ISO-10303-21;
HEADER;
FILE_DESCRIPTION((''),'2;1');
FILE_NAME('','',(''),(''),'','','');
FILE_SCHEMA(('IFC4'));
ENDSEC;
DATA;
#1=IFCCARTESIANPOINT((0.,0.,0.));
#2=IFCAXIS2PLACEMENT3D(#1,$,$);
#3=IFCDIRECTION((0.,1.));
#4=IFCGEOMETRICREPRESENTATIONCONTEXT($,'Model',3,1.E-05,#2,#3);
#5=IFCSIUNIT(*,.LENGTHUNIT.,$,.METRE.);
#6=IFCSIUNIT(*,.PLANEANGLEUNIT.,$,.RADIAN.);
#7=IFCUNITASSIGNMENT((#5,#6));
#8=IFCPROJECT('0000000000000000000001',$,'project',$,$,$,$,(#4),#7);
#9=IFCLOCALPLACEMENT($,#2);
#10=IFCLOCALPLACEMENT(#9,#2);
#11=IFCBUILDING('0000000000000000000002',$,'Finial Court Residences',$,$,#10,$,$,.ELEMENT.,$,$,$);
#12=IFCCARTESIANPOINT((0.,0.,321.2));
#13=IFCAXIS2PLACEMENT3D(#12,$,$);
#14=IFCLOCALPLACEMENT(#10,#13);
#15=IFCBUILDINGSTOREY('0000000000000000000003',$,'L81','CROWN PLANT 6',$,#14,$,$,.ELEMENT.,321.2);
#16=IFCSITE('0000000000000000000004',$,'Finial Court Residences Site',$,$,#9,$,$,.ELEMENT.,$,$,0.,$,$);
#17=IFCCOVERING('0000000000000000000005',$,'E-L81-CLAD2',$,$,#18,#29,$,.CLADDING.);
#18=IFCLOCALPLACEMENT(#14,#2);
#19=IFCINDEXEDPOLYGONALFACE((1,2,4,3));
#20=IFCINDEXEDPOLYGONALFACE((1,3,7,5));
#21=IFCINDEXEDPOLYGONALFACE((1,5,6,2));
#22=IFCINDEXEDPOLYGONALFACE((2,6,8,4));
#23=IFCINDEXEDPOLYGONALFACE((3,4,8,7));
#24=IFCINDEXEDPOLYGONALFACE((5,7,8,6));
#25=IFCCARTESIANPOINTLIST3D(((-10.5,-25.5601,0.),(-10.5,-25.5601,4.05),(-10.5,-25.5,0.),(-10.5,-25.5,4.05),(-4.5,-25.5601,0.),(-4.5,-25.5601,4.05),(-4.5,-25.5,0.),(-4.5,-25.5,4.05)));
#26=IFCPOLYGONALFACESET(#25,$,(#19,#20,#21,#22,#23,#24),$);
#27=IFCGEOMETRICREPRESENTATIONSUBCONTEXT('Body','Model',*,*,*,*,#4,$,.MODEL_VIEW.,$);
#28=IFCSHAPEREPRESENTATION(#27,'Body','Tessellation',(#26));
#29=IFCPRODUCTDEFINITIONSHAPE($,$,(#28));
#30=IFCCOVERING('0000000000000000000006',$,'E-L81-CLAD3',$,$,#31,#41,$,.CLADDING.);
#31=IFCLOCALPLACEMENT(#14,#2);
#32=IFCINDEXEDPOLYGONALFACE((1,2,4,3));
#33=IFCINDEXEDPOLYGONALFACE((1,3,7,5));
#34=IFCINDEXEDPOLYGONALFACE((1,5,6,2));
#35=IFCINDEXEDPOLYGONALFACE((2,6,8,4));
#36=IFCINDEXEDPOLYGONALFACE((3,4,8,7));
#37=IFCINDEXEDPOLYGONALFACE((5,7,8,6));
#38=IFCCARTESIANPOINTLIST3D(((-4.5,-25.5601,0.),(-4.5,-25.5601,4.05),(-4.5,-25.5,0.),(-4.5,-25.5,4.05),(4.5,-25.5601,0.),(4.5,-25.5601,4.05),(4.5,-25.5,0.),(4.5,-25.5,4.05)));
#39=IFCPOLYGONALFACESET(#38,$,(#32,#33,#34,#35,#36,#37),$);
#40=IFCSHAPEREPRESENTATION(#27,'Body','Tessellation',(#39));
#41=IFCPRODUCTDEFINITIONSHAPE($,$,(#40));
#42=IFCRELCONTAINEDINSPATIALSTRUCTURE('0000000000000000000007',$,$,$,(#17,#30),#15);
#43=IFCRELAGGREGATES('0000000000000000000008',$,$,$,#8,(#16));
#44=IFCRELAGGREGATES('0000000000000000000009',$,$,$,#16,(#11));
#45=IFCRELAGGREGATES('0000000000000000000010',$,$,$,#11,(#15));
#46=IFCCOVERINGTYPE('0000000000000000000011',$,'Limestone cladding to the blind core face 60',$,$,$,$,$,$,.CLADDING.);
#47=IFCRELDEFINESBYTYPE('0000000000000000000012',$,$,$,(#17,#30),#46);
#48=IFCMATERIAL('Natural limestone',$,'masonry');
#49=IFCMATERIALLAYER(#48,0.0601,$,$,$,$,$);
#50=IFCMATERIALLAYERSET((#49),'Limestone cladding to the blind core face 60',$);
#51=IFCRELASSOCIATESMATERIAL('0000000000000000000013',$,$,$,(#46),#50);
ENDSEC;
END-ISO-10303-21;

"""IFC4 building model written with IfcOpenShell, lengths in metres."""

from ifc_helpers import new_model, si_unit, direction, frame, origin, place, context, subcontext, project, spatial, polyline, outline, extrude, material, layer, layer_set, type_object, element, save


model = new_model("IFC4")

# Units and contexts
model_context = context("Model", 3, precision=1e-05, world=origin(), true_north=direction((0.0, 1.0)))
body_context = subcontext(model_context, "Body", "Model", "MODEL_VIEW")
ifc_project = project(units=[si_unit("LENGTHUNIT", "METRE"), si_unit("PLANEANGLEUNIT", "RADIAN")], contexts=[model_context])

# Site, building, storey
site_placement = place(None, origin())
site = spatial("IfcSite", under=ifc_project, at=site_placement, Name="Finial Court Residences Site", CompositionType="ELEMENT", RefElevation=0.0)
building_placement = place(site_placement, origin())
building = spatial("IfcBuilding", under=site, at=building_placement, Name="Finial Court Residences", CompositionType="ELEMENT")
storey_placement = place(building_placement, frame((0.0, 0.0, 321.2)))
storey = spatial("IfcBuildingStorey", under=building, at=storey_placement, Name="L81", Description="CROWN PLANT 6", CompositionType="ELEMENT", Elevation=321.2)

# Coverings
ifc_material_1 = material(Name="Natural limestone", Category="masonry")
ifc_layer_1 = layer(ifc_material_1, 0.0601)
ifc_layer_set_1 = layer_set([ifc_layer_1], Name="Limestone cladding to the blind core face 60")
covering_type = type_object("IfcCoveringType", Name="Limestone cladding to the blind core face 60", PredefinedType="CLADDING", material=ifc_layer_set_1)
covering_1_placement = place(storey_placement, origin())
element("IfcCovering", 1, at=covering_1_placement, inside=storey, type_object=covering_type, Name="E-L81-CLAD2", PredefinedType="CLADDING", context=body_context, shape_type="SweptSolid", body=[
    extrude(outline(polyline([(-4.5, -25.5601), (-4.5, -25.5), (-10.5, -25.5), (-10.5, -25.5601), (-4.5, -25.5601)])), origin(), (0.0, 0.0, 1.0), 4.05),
])
covering_2_placement = place(storey_placement, origin())
element("IfcCovering", 2, at=covering_2_placement, inside=storey, type_object=covering_type, Name="E-L81-CLAD3", PredefinedType="CLADDING", context=body_context, shape_type="SweptSolid", body=[
    extrude(outline(polyline([(4.5, -25.5601), (4.5, -25.5), (-4.5, -25.5), (-4.5, -25.5601), (4.5, -25.5601)])), origin(), (0.0, 0.0, 1.0), 4.05),
])

save(model, "model.ifc")
